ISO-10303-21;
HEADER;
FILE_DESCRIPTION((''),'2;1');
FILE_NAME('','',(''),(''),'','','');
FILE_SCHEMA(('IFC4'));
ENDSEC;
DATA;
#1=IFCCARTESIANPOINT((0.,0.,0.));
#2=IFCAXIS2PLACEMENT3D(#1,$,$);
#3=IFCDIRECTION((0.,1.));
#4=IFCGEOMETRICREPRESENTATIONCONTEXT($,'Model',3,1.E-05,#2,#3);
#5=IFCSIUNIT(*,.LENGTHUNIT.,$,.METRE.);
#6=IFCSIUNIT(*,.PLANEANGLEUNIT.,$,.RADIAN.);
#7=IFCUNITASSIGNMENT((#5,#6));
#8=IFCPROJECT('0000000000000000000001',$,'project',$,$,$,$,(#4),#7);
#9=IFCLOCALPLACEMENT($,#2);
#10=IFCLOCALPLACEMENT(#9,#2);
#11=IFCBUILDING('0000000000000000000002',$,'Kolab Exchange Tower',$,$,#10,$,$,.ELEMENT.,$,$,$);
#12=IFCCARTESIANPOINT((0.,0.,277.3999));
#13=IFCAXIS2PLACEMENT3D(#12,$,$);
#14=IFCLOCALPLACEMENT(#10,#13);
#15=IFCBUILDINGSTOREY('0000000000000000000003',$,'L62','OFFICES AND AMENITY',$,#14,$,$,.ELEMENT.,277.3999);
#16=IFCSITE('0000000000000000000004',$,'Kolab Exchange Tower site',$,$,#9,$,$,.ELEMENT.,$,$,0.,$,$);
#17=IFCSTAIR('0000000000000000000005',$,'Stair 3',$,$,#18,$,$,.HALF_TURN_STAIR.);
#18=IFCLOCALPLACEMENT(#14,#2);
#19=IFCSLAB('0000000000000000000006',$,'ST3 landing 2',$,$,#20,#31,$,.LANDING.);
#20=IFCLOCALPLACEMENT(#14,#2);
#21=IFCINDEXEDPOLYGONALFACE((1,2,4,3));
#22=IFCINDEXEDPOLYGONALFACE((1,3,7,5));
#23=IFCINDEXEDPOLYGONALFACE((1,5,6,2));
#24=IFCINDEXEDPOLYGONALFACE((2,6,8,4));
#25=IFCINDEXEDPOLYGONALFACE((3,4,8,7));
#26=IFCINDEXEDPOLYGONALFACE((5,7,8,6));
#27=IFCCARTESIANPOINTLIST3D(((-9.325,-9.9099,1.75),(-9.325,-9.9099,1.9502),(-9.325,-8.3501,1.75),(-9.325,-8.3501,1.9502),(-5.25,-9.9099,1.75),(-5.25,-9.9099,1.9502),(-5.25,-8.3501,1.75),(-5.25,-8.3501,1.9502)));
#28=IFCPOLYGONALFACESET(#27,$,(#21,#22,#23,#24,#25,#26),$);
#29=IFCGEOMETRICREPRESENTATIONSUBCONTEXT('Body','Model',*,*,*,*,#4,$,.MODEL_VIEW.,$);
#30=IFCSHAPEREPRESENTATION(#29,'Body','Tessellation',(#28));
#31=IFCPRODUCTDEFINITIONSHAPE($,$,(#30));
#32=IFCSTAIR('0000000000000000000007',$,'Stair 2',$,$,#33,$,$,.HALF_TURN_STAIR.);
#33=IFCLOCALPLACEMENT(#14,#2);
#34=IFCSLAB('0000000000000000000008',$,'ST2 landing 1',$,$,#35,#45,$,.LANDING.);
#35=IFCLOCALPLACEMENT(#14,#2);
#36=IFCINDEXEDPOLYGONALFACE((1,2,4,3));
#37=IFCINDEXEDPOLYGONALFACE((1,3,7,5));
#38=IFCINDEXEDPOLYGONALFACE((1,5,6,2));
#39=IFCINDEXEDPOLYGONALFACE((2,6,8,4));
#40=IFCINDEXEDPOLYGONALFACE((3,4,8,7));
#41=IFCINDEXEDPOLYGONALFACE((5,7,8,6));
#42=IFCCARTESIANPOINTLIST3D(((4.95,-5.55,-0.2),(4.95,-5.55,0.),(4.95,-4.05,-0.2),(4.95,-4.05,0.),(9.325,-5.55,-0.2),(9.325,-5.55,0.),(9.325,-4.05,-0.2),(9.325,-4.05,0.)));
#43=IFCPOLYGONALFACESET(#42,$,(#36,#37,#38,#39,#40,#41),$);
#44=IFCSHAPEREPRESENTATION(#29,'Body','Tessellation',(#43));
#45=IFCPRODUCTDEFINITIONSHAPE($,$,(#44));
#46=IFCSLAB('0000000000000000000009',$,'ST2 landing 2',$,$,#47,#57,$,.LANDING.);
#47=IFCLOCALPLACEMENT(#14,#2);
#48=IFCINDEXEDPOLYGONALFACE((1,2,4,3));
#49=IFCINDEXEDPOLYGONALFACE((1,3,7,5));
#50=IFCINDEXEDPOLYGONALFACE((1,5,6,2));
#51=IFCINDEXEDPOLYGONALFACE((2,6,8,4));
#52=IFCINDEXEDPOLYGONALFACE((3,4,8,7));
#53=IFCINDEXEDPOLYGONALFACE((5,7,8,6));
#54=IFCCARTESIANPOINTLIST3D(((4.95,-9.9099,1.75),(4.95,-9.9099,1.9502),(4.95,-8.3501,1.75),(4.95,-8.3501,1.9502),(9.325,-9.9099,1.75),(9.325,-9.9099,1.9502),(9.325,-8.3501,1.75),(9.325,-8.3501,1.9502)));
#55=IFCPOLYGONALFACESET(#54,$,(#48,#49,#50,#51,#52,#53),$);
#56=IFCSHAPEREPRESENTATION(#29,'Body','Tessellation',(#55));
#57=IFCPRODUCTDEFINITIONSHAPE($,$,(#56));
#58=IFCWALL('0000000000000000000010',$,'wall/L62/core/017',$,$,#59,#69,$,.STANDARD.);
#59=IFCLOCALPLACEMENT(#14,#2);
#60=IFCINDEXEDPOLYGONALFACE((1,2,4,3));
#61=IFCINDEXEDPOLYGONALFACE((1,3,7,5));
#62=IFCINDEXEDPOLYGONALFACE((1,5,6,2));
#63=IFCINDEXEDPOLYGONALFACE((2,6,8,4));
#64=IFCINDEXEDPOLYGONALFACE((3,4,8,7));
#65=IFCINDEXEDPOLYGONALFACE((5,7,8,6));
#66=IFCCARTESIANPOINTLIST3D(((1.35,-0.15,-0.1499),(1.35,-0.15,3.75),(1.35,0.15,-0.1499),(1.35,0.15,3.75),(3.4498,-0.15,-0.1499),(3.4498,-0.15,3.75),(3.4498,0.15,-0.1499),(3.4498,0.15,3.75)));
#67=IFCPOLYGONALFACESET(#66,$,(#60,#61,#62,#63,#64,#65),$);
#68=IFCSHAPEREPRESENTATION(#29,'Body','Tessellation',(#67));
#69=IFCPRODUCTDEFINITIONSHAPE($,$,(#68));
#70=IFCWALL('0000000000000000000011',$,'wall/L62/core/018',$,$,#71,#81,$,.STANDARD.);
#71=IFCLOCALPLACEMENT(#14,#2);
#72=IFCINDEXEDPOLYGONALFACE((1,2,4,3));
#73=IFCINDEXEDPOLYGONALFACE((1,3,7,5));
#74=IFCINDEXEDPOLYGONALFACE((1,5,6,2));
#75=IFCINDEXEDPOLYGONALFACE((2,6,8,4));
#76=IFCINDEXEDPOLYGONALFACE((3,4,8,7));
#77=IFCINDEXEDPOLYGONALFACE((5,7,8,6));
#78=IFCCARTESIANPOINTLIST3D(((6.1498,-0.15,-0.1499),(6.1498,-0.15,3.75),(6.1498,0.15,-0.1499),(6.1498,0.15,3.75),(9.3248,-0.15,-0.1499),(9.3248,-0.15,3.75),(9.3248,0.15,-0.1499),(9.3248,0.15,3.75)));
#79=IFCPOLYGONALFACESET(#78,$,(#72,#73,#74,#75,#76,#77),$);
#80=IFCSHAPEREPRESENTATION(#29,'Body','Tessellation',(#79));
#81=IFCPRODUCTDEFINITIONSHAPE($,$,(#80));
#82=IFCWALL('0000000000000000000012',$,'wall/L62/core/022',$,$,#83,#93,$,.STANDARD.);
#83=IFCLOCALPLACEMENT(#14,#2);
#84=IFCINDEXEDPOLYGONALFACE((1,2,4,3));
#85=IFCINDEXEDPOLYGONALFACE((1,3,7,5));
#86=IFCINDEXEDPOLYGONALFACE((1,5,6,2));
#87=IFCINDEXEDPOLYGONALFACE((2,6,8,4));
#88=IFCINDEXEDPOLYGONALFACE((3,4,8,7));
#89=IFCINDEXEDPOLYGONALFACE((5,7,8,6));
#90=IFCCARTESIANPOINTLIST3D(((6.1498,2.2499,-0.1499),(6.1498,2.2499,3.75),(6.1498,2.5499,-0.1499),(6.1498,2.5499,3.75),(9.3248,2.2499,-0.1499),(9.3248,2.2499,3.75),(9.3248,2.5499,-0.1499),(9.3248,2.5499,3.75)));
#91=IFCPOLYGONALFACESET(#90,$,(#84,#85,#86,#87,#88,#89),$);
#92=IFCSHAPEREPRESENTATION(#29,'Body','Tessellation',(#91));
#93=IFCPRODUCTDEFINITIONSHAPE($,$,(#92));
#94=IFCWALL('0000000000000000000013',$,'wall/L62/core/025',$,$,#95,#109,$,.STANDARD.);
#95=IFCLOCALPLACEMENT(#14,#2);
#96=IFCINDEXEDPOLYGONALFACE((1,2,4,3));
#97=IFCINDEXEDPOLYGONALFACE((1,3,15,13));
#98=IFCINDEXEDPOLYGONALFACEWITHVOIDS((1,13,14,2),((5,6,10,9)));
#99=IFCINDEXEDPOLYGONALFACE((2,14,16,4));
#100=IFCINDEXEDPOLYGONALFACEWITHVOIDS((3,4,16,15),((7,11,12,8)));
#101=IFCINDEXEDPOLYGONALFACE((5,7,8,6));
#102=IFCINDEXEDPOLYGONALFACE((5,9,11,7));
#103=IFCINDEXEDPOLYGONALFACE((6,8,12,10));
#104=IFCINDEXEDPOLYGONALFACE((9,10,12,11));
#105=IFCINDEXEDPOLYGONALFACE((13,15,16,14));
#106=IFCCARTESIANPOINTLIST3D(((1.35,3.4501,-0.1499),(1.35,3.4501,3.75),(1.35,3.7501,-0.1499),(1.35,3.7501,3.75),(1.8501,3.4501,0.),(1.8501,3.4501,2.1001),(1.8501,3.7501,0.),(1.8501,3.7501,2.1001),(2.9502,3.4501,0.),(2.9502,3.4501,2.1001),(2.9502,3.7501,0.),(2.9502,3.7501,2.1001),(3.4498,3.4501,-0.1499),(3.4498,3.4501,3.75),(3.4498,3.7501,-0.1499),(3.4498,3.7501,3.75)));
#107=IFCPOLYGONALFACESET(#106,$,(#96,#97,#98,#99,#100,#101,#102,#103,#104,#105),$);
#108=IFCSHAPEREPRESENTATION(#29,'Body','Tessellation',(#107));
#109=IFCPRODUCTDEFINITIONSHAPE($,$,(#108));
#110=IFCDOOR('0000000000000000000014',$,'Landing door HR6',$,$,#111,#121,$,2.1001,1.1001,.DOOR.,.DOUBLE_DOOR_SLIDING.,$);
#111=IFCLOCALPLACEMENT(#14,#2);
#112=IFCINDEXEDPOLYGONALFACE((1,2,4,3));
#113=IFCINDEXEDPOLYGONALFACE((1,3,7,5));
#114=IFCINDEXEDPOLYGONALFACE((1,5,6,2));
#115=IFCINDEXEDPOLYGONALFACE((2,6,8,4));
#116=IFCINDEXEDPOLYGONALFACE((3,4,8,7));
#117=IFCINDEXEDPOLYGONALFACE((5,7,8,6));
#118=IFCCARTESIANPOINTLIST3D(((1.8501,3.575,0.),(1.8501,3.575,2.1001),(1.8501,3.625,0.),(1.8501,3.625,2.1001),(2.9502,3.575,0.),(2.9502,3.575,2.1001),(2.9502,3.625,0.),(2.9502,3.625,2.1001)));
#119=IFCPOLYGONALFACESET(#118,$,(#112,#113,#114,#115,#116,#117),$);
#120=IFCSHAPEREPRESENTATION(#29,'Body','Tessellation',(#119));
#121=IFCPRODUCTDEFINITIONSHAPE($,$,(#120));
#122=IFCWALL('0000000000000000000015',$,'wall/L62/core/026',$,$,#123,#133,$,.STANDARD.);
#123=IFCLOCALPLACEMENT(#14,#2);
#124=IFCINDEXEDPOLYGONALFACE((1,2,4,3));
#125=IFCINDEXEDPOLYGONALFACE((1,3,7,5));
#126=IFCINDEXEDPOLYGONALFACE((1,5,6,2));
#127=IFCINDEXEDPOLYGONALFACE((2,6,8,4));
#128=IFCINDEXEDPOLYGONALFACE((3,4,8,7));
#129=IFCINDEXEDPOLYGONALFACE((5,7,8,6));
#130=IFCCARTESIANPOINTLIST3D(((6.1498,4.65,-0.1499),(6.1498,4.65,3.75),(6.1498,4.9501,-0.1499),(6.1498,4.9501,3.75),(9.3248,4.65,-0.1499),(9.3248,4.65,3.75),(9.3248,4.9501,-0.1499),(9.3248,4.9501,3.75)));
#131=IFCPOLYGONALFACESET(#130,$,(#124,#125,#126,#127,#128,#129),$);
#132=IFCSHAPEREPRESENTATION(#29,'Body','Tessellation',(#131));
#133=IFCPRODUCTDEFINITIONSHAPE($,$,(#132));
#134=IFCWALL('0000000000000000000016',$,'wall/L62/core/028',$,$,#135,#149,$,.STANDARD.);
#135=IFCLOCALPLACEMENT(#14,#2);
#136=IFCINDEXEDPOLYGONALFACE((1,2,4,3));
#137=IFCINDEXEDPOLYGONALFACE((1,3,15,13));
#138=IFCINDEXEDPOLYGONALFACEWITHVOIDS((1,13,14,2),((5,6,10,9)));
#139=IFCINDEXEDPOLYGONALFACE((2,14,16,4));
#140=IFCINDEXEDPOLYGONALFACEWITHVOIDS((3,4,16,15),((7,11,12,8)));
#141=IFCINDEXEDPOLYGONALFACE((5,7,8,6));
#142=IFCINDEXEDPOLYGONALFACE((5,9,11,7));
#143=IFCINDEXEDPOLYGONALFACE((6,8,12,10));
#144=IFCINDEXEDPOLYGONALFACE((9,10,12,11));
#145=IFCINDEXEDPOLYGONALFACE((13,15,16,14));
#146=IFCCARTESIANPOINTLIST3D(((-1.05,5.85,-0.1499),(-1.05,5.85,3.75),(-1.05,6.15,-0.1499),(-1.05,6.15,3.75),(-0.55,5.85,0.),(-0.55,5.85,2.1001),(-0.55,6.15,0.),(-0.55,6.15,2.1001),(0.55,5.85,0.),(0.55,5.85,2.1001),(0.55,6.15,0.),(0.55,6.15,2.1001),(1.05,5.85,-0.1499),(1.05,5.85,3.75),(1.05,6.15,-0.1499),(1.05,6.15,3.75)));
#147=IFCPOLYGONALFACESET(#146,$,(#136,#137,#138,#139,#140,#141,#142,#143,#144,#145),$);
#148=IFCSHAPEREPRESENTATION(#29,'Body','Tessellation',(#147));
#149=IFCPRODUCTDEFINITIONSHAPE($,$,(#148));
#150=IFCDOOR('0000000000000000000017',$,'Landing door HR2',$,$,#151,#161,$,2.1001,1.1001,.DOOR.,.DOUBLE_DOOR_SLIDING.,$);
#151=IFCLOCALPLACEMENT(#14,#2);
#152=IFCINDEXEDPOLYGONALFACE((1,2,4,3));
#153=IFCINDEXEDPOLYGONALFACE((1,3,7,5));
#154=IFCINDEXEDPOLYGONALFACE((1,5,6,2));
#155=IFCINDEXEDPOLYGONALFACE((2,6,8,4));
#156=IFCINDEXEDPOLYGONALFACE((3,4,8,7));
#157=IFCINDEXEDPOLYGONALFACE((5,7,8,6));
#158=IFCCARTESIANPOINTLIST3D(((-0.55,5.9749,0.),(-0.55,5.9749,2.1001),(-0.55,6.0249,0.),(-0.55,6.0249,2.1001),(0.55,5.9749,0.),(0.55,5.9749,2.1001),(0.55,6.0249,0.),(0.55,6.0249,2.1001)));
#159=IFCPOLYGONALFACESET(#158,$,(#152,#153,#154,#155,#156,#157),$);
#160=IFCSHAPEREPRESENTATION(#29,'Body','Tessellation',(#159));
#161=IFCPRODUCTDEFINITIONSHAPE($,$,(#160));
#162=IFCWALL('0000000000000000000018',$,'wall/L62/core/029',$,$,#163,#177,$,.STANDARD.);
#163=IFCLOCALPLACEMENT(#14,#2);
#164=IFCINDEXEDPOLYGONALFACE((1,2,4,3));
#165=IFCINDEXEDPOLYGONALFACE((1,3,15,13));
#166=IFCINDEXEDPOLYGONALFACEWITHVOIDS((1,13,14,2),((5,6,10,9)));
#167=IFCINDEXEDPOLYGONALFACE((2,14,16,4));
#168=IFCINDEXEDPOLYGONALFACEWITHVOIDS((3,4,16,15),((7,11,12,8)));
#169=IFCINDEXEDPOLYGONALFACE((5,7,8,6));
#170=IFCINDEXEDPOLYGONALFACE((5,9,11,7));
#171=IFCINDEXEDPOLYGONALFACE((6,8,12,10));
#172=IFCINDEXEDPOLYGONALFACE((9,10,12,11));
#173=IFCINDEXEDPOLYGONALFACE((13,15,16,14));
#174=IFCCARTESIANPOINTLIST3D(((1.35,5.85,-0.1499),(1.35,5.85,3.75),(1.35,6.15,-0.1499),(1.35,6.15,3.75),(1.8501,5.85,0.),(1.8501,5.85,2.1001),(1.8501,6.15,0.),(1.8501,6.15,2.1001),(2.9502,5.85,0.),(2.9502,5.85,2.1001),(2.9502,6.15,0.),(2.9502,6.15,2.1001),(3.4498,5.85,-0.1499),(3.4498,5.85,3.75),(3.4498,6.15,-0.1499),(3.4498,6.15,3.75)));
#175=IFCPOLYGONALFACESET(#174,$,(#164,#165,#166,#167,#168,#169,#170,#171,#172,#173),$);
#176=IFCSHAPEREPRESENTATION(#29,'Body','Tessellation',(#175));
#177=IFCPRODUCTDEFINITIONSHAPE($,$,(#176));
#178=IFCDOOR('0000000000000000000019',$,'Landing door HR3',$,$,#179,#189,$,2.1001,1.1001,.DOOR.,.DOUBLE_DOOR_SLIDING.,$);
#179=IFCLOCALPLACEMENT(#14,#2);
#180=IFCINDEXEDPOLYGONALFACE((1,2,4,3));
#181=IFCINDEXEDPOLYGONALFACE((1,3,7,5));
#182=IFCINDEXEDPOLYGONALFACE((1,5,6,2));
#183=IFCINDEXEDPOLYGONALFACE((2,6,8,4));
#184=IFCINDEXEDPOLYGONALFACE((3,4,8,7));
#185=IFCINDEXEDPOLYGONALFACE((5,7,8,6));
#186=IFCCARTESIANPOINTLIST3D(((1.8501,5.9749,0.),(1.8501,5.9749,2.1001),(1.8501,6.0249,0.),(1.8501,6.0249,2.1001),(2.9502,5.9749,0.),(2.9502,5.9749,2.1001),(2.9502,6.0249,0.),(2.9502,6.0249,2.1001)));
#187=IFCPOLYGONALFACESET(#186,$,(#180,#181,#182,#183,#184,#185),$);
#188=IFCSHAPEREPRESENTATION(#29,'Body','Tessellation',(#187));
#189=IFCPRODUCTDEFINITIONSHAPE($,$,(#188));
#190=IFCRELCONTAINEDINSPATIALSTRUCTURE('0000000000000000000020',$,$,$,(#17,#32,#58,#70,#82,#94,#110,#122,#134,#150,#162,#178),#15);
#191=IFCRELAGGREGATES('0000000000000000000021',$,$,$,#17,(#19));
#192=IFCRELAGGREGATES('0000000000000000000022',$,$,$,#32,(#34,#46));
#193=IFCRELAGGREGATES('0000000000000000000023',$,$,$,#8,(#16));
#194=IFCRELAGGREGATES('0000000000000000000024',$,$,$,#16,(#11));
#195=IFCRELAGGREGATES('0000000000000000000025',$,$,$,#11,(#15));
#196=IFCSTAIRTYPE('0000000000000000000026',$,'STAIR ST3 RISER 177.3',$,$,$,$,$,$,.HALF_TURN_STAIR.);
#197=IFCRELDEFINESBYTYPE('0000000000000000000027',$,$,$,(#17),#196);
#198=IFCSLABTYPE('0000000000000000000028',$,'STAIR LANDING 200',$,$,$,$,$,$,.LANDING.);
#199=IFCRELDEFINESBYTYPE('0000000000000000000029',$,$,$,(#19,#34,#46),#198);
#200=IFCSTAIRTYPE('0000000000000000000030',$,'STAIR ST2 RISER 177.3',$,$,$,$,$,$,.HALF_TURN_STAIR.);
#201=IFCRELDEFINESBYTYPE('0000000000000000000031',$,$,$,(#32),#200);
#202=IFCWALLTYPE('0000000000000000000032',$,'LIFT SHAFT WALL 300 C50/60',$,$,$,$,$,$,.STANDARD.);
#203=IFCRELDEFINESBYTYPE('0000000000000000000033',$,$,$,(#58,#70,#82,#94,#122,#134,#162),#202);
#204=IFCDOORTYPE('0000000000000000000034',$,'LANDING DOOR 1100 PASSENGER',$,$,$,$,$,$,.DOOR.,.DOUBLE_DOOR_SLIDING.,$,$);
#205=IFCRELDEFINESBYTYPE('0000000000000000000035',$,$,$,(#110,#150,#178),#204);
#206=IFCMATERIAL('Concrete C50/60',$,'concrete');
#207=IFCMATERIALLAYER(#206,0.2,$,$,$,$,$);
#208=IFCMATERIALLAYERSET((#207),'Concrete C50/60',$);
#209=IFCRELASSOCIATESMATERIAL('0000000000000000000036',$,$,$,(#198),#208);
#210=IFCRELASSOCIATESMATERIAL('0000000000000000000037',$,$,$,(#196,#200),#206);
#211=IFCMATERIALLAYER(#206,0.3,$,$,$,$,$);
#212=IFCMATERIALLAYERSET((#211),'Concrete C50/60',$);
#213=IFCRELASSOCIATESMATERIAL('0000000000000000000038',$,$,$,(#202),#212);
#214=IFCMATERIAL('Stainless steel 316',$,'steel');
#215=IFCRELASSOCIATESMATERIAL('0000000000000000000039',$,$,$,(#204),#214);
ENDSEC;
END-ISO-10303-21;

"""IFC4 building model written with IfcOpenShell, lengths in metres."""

from ifc_helpers import new_model, si_unit, direction, frame, frame_2d, origin, place, context, subcontext, project, spatial, polyline, rectangle, outline, extrude, material, layer, layer_set, type_object, element, fill, aggregate, save


model = new_model("IFC4")

# Units and contexts
model_context = context("Model", 3, precision=1e-05, world=origin(), true_north=direction((0.0, 1.0)))
body_context = subcontext(model_context, "Body", "Model", "MODEL_VIEW")
ifc_project = project(units=[si_unit("LENGTHUNIT", "METRE"), si_unit("PLANEANGLEUNIT", "RADIAN")], contexts=[model_context])

# Site, building, storey
site_placement = place(None, origin())
site = spatial("IfcSite", under=ifc_project, at=site_placement, Name="Kolab Exchange Tower site", CompositionType="ELEMENT", RefElevation=0.0)
building_placement = place(site_placement, origin())
building = spatial("IfcBuilding", under=site, at=building_placement, Name="Kolab Exchange Tower", CompositionType="ELEMENT")
storey_placement = place(building_placement, frame((0.0, 0.0, 277.3999)))
storey = spatial("IfcBuildingStorey", under=building, at=storey_placement, Name="L62", Description="OFFICES AND AMENITY", CompositionType="ELEMENT", Elevation=277.3999)

# Stairs, slabs
ifc_material_1 = material(Name="Concrete C50/60", Category="concrete")
ifc_layer_1 = layer(ifc_material_1, 0.2)
ifc_layer_set_1 = layer_set([ifc_layer_1], Name="Concrete C50/60")
slab_type_1 = type_object("IfcSlabType", Name="STAIR LANDING 200", PredefinedType="LANDING", material=ifc_layer_set_1)
stair_type_1 = type_object("IfcStairType", Name="STAIR ST3 RISER 177.3", PredefinedType="HALF_TURN_STAIR", material=ifc_material_1)
stair_1_placement = place(storey_placement, origin())
stair_1 = element("IfcStair", 1, at=stair_1_placement, inside=storey, type_object=stair_type_1, Name="Stair 3", PredefinedType="HALF_TURN_STAIR")
slab_1_placement = place(storey_placement, frame((0.0, 0.0, 1.75)))
slab_1 = element("IfcSlab", 2, at=slab_1_placement, type_object=slab_type_1, Name="ST3 landing 2", PredefinedType="LANDING", context=body_context, shape_type="SweptSolid", body=[
    extrude(outline(polyline([(-9.325, -9.9099), (-5.25, -9.9099), (-5.25, -8.3501), (-9.325, -8.3501), (-9.325, -9.9099)])), origin(), (0.0, 0.0, 1.0), 0.2002),
])
aggregate(stair_1, [slab_1])
stair_type_2 = type_object("IfcStairType", Name="STAIR ST2 RISER 177.3", PredefinedType="HALF_TURN_STAIR", material=ifc_material_1)
stair_2_placement = place(storey_placement, origin())
stair_2 = element("IfcStair", 3, at=stair_2_placement, inside=storey, type_object=stair_type_2, Name="Stair 2", PredefinedType="HALF_TURN_STAIR")
slab_2_placement = place(storey_placement, frame((0.0, 0.0, -0.2)))
slab_2 = element("IfcSlab", 4, at=slab_2_placement, type_object=slab_type_1, Name="ST2 landing 1", PredefinedType="LANDING", context=body_context, shape_type="SweptSolid", body=[
    extrude(outline(polyline([(4.95, -5.55), (9.325, -5.55), (9.325, -4.05), (4.95, -4.05), (4.95, -5.55)])), origin(), (0.0, 0.0, 1.0), 0.2),
])
slab_3_placement = place(storey_placement, frame((0.0, 0.0, 1.75)))
slab_3 = element("IfcSlab", 5, at=slab_3_placement, type_object=slab_type_1, Name="ST2 landing 2", PredefinedType="LANDING", context=body_context, shape_type="SweptSolid", body=[
    extrude(outline(polyline([(4.95, -9.9099), (9.325, -9.9099), (9.325, -8.3501), (4.95, -8.3501), (4.95, -9.9099)])), origin(), (0.0, 0.0, 1.0), 0.2002),
])
aggregate(stair_2, [slab_2, slab_3])

# Walls
ifc_layer_2 = layer(ifc_material_1, 0.3)
ifc_layer_set_2 = layer_set([ifc_layer_2], Name="Concrete C50/60")
wall_type = type_object("IfcWallType", Name="LIFT SHAFT WALL 300 C50/60", PredefinedType="STANDARD", material=ifc_layer_set_2)
wall_1_placement = place(storey_placement, frame((1.3501, 0.0, -0.1499), z_axis=(0.0, 0.0, 1.0), x_axis=(1.0, 0.0, 0.0)))
element("IfcWall", 6, at=wall_1_placement, inside=storey, type_object=wall_type, Name="wall/L62/core/017", PredefinedType="STANDARD", context=body_context, shape_type="SweptSolid", body=[
    extrude(rectangle(XDim=2.0999, YDim=0.3, at=frame_2d((1.0498, 0.0))), origin(), (0.0, 0.0, 1.0), 3.8999),
])
for number, where, z_axis, x_axis, name in (
    (7, (6.1499, 0.0, -0.1499), (0.0, 0.0, 1.0), (1.0, 0.0, 0.0), "wall/L62/core/018"),
    (8, (6.1499, 2.3999, -0.1499), (0.0, 0.0, 1.0), (1.0, 0.0, 0.0), "wall/L62/core/022"),
):
    element("IfcWall", number, at=place(storey_placement, frame(where, z_axis=z_axis, x_axis=x_axis)), inside=storey, type_object=wall_type, Name=name, PredefinedType="STANDARD", context=body_context, shape_type="SweptSolid", body=[
        extrude(rectangle(XDim=3.175, YDim=0.3, at=frame_2d((1.5874, 0.0))), origin(), (0.0, 0.0, 1.0), 3.8999),
    ])

# Wall, opening, door
wall_2_placement = place(storey_placement, frame((1.3501, 3.6001, -0.1499), z_axis=(0.0, 0.0, 1.0), x_axis=(1.0, 0.0, 0.0)))
wall_2 = element("IfcWall", 9, at=wall_2_placement, inside=storey, type_object=wall_type, Name="wall/L62/core/025", PredefinedType="STANDARD", context=body_context, shape_type="SweptSolid", body=[
    extrude(rectangle(XDim=2.0999, YDim=0.3, at=frame_2d((1.0498, 0.0))), origin(), (0.0, 0.0, 1.0), 3.8999),
])
opening_1_placement = place(wall_2_placement, frame((0.5, 0.0, 0.1499)))
opening_1 = element("IfcOpeningElement", 10, at=opening_1_placement, cuts=wall_2, PredefinedType="OPENING", context=body_context, shape_type="SweptSolid", body=[
    extrude(rectangle(XDim=1.1001, YDim=2.1001, at=frame_2d((0.55, 1.05))), frame((0.0, 0.1602, 0.0), z_axis=(0.0, -1.0, 0.0), x_axis=(1.0, 0.0, 0.0)), (0.0, 0.0, 1.0), 0.3201),
])
ifc_material_2 = material(Name="Stainless steel 316", Category="steel")
door_type = type_object("IfcDoorType", Name="LANDING DOOR 1100 PASSENGER", OperationType="DOUBLE_DOOR_SLIDING", PredefinedType="DOOR", material=ifc_material_2)
door_1_placement = place(opening_1_placement, origin())
door_1 = element("IfcDoor", 11, at=door_1_placement, inside=storey, type_object=door_type, Name="Landing door HR6", OperationType="DOUBLE_DOOR_SLIDING", OverallHeight=2.1001, OverallWidth=1.1001, PredefinedType="DOOR", context=body_context, shape_type="SweptSolid", body=[
    extrude(rectangle(XDim=1.1001, YDim=2.1001, at=frame_2d((0.55, 1.05))), frame((0.0, 0.0249, 0.0), z_axis=(0.0, -1.0, 0.0), x_axis=(1.0, 0.0, 0.0)), (0.0, 0.0, 1.0), 0.05),
])
fill(opening_1, door_1)

# Wall
wall_3_placement = place(storey_placement, frame((6.1499, 4.8, -0.1499), z_axis=(0.0, 0.0, 1.0), x_axis=(1.0, 0.0, 0.0)))
element("IfcWall", 12, at=wall_3_placement, inside=storey, type_object=wall_type, Name="wall/L62/core/026", PredefinedType="STANDARD", context=body_context, shape_type="SweptSolid", body=[
    extrude(rectangle(XDim=3.175, YDim=0.3, at=frame_2d((1.5874, 0.0))), origin(), (0.0, 0.0, 1.0), 3.8999),
])

# Walls, openings, doors
wall_4_placement = place(storey_placement, frame((-1.05, 6.0, -0.1499), z_axis=(0.0, 0.0, 1.0), x_axis=(1.0, 0.0, 0.0)))
wall_4 = element("IfcWall", 13, at=wall_4_placement, inside=storey, type_object=wall_type, Name="wall/L62/core/028", PredefinedType="STANDARD", context=body_context, shape_type="SweptSolid", body=[
    extrude(rectangle(XDim=2.1001, YDim=0.3, at=frame_2d((1.05, 0.0))), origin(), (0.0, 0.0, 1.0), 3.8999),
])
opening_2_placement = place(wall_4_placement, frame((0.5, 0.0, 0.1499)))
opening_2 = element("IfcOpeningElement", 14, at=opening_2_placement, cuts=wall_4, PredefinedType="OPENING", context=body_context, shape_type="SweptSolid", body=[
    extrude(rectangle(XDim=1.1001, YDim=2.1001, at=frame_2d((0.55, 1.05))), frame((0.0, 0.1602, 0.0), z_axis=(0.0, -1.0, 0.0), x_axis=(1.0, 0.0, 0.0)), (0.0, 0.0, 1.0), 0.3201),
])
door_2_placement = place(opening_2_placement, origin())
door_2 = element("IfcDoor", 15, at=door_2_placement, inside=storey, type_object=door_type, Name="Landing door HR2", OperationType="DOUBLE_DOOR_SLIDING", OverallHeight=2.1001, OverallWidth=1.1001, PredefinedType="DOOR", context=body_context, shape_type="SweptSolid", body=[
    extrude(rectangle(XDim=1.1001, YDim=2.1001, at=frame_2d((0.55, 1.05))), frame((0.0, 0.0249, 0.0), z_axis=(0.0, -1.0, 0.0), x_axis=(1.0, 0.0, 0.0)), (0.0, 0.0, 1.0), 0.05),
])
fill(opening_2, door_2)
wall_5_placement = place(storey_placement, frame((1.3501, 6.0, -0.1499), z_axis=(0.0, 0.0, 1.0), x_axis=(1.0, 0.0, 0.0)))
wall_5 = element("IfcWall", 16, at=wall_5_placement, inside=storey, type_object=wall_type, Name="wall/L62/core/029", PredefinedType="STANDARD", context=body_context, shape_type="SweptSolid", body=[
    extrude(rectangle(XDim=2.0999, YDim=0.3, at=frame_2d((1.0498, 0.0))), origin(), (0.0, 0.0, 1.0), 3.8999),
])
opening_3_placement = place(wall_5_placement, frame((0.5, 0.0, 0.1499)))
opening_3 = element("IfcOpeningElement", 17, at=opening_3_placement, cuts=wall_5, PredefinedType="OPENING", context=body_context, shape_type="SweptSolid", body=[
    extrude(rectangle(XDim=1.1001, YDim=2.1001, at=frame_2d((0.55, 1.05))), frame((0.0, 0.1602, 0.0), z_axis=(0.0, -1.0, 0.0), x_axis=(1.0, 0.0, 0.0)), (0.0, 0.0, 1.0), 0.3201),
])
door_3_placement = place(opening_3_placement, origin())
door_3 = element("IfcDoor", 18, at=door_3_placement, inside=storey, type_object=door_type, Name="Landing door HR3", OperationType="DOUBLE_DOOR_SLIDING", OverallHeight=2.1001, OverallWidth=1.1001, PredefinedType="DOOR", context=body_context, shape_type="SweptSolid", body=[
    extrude(rectangle(XDim=1.1001, YDim=2.1001, at=frame_2d((0.55, 1.05))), frame((0.0, 0.0249, 0.0), z_axis=(0.0, -1.0, 0.0), x_axis=(1.0, 0.0, 0.0)), (0.0, 0.0, 1.0), 0.05),
])
fill(opening_3, door_3)

save(model, "model.ifc")
